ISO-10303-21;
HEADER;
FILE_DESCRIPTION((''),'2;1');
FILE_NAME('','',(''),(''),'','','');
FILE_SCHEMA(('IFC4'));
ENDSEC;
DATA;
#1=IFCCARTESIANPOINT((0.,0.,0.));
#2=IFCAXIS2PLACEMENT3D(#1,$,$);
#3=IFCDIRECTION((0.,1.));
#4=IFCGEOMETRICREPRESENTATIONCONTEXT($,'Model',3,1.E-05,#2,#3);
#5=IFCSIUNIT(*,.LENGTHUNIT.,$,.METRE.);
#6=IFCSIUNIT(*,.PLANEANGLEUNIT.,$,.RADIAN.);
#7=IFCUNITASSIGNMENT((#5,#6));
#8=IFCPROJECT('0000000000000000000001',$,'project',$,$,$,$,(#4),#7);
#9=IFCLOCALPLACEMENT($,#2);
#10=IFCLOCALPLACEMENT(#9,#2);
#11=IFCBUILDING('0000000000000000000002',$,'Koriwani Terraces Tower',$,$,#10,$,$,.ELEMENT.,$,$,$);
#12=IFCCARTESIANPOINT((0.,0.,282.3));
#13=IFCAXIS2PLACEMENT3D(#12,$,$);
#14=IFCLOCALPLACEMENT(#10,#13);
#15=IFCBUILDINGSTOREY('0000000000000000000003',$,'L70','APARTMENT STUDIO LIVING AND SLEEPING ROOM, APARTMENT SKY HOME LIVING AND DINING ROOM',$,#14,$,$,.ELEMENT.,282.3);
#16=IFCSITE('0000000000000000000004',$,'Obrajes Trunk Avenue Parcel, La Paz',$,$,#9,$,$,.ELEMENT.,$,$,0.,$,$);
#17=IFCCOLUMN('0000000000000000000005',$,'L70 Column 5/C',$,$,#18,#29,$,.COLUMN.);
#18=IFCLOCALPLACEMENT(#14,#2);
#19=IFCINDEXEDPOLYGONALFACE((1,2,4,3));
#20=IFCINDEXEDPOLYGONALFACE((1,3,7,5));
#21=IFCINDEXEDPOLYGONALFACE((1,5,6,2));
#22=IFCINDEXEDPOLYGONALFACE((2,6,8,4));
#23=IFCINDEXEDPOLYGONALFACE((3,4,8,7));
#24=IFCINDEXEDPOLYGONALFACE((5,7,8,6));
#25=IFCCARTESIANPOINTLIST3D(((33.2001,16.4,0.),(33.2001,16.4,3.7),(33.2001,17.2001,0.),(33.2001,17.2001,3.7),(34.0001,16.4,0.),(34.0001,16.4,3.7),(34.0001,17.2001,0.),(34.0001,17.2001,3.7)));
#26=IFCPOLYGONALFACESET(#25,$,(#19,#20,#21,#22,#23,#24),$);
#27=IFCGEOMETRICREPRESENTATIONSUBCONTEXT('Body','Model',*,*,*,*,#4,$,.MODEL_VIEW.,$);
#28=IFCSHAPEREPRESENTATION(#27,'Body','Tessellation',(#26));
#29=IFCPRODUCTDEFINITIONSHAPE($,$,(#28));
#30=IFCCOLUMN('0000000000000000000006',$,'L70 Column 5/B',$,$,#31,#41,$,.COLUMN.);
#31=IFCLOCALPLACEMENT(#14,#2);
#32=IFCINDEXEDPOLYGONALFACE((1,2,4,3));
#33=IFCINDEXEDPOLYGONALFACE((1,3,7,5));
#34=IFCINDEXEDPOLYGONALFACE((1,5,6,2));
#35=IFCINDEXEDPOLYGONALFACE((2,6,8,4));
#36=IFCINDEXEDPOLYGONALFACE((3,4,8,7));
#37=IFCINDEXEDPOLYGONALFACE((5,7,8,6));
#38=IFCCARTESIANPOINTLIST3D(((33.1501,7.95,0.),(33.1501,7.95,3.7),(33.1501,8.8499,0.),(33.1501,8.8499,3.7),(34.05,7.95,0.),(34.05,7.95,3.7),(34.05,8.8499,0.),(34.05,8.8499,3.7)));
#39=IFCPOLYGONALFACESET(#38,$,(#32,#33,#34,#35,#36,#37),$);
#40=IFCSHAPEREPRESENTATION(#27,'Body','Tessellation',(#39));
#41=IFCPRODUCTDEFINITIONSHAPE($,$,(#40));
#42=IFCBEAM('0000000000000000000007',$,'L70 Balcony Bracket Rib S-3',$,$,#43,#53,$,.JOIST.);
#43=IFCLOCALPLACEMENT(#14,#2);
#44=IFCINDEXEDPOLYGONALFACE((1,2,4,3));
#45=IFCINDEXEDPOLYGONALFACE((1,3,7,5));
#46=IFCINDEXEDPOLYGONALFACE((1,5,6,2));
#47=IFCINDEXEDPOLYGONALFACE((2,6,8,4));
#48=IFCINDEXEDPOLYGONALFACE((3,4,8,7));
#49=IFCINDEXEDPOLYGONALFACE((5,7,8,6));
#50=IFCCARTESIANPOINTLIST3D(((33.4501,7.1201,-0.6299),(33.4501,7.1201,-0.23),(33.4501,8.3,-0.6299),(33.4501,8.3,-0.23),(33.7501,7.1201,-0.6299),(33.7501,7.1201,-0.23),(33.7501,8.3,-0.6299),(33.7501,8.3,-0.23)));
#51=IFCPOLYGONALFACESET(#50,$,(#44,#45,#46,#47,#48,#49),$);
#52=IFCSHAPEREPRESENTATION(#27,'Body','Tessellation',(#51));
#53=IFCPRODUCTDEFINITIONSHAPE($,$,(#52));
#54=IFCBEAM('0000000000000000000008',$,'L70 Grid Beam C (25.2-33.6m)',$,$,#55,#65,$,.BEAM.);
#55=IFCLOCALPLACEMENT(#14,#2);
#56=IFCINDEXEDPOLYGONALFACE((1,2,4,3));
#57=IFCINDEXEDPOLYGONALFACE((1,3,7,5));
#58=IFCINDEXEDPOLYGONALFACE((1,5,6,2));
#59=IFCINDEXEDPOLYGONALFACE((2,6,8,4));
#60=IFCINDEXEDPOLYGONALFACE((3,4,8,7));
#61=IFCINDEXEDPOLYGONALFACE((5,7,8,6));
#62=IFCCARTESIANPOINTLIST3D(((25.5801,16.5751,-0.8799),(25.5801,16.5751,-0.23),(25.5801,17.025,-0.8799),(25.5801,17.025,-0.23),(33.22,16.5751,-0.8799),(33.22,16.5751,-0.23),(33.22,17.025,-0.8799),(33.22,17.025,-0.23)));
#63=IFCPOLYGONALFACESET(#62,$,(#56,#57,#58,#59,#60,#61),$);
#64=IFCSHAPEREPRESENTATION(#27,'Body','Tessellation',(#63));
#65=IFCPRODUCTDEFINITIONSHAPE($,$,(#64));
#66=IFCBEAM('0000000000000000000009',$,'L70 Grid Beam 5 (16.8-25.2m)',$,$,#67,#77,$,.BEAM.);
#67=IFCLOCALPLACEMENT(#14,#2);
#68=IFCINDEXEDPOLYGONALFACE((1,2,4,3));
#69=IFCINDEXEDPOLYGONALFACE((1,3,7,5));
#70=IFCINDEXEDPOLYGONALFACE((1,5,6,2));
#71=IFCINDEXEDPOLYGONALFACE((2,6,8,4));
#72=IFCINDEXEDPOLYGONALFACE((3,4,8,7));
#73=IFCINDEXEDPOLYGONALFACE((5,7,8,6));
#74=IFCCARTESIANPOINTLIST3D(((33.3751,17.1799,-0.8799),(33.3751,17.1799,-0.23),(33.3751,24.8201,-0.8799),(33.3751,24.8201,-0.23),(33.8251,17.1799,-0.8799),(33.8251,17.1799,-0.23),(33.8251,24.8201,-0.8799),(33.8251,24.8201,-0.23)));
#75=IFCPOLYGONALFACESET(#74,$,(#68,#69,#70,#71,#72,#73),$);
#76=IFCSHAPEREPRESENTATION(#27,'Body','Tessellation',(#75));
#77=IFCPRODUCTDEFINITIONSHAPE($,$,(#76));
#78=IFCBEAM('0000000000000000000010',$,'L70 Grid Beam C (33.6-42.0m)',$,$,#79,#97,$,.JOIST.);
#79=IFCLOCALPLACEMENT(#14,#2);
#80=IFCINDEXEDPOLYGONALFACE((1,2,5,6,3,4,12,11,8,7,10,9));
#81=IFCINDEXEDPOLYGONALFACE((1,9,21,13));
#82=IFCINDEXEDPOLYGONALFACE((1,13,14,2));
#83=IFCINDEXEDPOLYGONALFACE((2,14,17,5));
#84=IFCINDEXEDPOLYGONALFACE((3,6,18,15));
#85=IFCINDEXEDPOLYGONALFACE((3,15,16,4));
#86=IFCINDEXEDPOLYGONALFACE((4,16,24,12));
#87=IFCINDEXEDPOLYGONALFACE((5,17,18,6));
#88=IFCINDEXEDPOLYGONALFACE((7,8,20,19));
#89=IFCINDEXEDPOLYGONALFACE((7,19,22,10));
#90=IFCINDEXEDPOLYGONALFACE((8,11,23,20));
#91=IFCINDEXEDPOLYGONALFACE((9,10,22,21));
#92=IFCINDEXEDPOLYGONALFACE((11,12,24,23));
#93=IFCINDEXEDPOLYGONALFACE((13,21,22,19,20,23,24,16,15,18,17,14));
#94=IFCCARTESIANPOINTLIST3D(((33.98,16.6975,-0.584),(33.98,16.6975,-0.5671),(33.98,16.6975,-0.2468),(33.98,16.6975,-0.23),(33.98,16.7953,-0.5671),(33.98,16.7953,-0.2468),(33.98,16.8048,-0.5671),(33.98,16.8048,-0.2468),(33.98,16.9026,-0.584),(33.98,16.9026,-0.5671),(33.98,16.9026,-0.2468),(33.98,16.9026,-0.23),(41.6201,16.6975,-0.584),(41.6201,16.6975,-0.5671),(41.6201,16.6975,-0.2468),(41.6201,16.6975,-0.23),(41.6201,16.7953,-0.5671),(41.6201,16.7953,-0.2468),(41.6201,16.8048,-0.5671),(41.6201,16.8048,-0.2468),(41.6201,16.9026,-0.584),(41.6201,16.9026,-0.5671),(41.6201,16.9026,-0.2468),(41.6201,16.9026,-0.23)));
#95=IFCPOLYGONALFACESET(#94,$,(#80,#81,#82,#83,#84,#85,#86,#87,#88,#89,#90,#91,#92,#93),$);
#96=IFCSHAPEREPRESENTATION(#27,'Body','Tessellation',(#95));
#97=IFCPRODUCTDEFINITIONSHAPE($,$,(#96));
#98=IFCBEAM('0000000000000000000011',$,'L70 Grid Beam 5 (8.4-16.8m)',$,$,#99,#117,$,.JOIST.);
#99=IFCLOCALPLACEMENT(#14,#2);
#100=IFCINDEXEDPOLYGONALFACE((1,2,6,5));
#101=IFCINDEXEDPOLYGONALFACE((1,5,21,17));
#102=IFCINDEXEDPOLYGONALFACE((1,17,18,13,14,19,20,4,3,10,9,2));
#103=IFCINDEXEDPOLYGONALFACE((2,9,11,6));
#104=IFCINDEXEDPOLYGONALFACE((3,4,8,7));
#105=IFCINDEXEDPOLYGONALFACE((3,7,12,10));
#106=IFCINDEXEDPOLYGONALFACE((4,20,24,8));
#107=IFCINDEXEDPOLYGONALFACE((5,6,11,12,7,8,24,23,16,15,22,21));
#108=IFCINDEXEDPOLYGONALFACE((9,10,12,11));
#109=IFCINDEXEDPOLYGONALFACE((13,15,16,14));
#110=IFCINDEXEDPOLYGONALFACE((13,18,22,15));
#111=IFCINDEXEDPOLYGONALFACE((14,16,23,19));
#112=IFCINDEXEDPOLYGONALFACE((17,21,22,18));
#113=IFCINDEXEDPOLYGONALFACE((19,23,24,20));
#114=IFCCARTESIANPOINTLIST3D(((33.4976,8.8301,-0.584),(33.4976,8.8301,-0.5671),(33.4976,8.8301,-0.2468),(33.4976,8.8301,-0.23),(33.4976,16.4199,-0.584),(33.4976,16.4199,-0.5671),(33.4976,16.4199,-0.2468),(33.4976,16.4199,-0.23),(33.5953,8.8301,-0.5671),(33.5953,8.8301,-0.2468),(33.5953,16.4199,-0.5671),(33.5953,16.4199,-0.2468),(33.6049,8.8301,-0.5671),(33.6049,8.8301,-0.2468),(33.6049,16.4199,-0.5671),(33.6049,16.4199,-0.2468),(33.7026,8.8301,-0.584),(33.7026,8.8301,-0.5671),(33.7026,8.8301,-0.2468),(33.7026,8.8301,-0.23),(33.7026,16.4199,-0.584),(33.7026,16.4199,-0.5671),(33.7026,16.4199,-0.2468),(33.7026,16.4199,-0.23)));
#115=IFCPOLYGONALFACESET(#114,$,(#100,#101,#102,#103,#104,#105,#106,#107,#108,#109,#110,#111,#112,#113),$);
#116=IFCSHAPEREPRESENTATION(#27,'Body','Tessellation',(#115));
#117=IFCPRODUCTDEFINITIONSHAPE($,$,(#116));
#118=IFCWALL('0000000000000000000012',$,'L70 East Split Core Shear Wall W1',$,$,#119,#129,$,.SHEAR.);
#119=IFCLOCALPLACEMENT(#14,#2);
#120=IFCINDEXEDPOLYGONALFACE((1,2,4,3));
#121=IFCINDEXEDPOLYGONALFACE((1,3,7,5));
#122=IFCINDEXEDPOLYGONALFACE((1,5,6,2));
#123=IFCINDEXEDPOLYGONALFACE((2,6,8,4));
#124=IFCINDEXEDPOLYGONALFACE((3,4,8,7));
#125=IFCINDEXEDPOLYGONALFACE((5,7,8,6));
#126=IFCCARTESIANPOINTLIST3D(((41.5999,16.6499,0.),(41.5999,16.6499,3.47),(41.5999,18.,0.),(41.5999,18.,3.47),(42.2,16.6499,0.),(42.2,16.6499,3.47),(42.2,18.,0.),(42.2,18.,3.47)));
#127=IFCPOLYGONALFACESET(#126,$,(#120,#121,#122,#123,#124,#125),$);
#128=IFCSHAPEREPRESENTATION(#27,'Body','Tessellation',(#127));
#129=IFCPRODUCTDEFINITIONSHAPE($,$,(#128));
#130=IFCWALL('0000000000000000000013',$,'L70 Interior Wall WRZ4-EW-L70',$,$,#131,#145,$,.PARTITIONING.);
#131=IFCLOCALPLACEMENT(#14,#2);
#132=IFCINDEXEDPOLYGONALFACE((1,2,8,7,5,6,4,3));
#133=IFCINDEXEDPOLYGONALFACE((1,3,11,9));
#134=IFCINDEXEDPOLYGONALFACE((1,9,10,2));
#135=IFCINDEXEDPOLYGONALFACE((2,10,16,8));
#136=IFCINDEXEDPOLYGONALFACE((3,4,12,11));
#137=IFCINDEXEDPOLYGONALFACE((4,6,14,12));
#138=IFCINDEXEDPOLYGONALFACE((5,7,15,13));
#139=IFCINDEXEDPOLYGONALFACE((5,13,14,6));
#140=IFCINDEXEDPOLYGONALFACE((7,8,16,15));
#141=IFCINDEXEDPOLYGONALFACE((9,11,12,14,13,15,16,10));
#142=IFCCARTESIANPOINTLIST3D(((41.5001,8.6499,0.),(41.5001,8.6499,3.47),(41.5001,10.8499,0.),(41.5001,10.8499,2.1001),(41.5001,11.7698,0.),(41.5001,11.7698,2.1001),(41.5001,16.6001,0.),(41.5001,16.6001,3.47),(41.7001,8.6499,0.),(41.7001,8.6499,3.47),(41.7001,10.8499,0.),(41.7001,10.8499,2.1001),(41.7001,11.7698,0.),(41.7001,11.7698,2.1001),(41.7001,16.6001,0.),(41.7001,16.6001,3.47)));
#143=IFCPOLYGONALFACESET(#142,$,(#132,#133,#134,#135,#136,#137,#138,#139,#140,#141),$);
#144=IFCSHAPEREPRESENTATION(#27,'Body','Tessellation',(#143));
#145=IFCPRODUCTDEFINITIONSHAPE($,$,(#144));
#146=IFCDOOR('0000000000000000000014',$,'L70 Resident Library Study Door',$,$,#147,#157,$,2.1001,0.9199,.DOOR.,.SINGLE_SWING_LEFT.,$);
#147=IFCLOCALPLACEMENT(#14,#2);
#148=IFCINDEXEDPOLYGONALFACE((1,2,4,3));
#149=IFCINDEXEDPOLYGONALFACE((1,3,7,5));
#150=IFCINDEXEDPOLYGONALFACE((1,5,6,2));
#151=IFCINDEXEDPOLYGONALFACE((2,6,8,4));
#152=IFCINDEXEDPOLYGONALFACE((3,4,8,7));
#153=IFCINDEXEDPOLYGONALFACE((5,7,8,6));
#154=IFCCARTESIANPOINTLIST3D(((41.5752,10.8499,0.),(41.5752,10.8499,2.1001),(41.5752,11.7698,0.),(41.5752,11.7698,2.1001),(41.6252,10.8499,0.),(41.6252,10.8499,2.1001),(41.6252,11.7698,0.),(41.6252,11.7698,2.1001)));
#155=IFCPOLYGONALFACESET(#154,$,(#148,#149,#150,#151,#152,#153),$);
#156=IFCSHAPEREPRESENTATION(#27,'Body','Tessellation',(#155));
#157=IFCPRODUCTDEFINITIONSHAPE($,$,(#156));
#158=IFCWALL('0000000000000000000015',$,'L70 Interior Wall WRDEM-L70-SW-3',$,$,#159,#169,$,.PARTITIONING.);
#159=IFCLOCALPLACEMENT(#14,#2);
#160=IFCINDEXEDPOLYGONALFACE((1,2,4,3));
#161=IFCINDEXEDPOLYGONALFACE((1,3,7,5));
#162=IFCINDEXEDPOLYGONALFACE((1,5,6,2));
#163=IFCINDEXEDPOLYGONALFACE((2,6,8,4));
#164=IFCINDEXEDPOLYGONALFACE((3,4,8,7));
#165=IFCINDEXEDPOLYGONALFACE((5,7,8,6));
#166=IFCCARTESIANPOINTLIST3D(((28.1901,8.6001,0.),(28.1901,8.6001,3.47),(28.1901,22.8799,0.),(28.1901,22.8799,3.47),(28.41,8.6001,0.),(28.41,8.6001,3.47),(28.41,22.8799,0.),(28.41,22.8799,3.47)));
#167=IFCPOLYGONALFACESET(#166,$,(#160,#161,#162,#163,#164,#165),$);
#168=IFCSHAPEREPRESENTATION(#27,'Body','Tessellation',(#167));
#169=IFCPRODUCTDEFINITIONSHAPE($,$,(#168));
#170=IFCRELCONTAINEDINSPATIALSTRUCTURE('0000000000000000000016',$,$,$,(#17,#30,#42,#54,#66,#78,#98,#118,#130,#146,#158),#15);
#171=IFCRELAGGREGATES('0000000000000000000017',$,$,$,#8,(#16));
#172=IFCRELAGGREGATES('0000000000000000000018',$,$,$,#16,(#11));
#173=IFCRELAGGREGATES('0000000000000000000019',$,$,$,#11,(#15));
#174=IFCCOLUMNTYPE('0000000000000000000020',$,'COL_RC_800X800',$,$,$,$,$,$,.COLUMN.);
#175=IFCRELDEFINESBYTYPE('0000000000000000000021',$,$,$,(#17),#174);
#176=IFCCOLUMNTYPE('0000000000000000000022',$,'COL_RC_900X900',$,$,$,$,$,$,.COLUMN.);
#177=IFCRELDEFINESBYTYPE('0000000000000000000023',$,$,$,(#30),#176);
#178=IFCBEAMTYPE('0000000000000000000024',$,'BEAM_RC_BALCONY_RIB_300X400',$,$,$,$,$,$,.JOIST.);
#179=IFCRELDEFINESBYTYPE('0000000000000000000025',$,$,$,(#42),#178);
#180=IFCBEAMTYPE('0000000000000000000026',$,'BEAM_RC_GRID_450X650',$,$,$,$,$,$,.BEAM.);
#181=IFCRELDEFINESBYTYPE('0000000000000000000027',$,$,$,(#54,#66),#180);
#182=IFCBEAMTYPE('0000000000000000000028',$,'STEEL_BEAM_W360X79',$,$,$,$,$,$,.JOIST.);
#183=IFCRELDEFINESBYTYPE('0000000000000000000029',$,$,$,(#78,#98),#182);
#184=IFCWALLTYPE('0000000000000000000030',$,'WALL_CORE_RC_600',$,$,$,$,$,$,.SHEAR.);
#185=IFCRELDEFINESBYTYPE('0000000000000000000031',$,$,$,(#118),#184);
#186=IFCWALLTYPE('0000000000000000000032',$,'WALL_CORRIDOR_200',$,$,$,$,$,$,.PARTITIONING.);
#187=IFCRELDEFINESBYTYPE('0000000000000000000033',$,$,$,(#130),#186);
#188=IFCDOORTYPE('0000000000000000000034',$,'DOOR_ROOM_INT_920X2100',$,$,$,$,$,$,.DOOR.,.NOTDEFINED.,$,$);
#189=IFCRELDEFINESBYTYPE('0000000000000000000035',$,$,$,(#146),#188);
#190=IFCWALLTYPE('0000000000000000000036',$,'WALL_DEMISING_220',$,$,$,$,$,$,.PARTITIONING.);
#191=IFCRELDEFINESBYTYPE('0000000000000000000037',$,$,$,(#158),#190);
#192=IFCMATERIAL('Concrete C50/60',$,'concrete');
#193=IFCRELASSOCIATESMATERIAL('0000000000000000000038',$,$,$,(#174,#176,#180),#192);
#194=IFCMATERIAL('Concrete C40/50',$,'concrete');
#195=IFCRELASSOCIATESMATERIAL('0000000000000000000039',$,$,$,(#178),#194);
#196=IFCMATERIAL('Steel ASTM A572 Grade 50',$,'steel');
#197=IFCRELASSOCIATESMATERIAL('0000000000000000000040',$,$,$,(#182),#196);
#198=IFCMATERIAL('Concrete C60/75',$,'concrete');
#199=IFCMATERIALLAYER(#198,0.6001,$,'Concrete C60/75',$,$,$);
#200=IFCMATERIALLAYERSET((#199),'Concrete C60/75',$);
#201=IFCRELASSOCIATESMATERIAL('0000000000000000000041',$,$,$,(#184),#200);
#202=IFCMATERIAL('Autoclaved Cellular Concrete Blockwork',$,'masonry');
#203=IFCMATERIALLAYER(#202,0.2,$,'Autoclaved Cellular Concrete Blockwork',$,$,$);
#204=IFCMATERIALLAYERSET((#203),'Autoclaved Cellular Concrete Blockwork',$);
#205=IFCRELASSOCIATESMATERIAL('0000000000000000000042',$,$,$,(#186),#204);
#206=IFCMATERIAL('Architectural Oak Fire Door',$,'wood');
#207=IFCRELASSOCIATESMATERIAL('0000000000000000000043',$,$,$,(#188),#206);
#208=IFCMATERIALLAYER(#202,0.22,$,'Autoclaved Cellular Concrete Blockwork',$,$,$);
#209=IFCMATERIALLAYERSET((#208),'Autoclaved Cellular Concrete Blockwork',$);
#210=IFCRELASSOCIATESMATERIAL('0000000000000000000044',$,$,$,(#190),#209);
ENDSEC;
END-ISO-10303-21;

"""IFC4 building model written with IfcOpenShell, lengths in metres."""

from ifc_helpers import new_model, si_unit, direction, frame, frame_2d, origin, origin_2d, place, context, subcontext, project, spatial, rectangle, i_section, extrude, material, layer, layer_set, material_profile, profile_set, type_object, element, fill, save


model = new_model("IFC4")

# Units and contexts
model_context = context("Model", 3, precision=1e-05, world=origin(), true_north=direction((0.0, 1.0)))
body_context = subcontext(model_context, "Body", "Model", "MODEL_VIEW")
ifc_project = project(units=[si_unit("LENGTHUNIT", "METRE"), si_unit("PLANEANGLEUNIT", "RADIAN")], contexts=[model_context])

# Site, building, storey
site_placement = place(None, origin())
site = spatial("IfcSite", under=ifc_project, at=site_placement, Name="Obrajes Trunk Avenue Parcel, La Paz", CompositionType="ELEMENT", RefElevation=0.0)
building_placement = place(site_placement, origin())
building = spatial("IfcBuilding", under=site, at=building_placement, Name="Koriwani Terraces Tower", CompositionType="ELEMENT")
storey_placement = place(building_placement, frame((0.0, 0.0, 282.3)))
storey = spatial("IfcBuildingStorey", under=building, at=storey_placement, Name="L70", Description="APARTMENT STUDIO LIVING AND SLEEPING ROOM, APARTMENT SKY HOME LIVING AND DINING ROOM", CompositionType="ELEMENT", Elevation=282.3)

# Columns
ifc_material_1 = material(Name="Concrete C50/60", Category="concrete")
ifc_material_profile_1 = material_profile(ifc_material_1, rectangle(XDim=0.8, YDim=0.8, at=origin_2d()), Name="Concrete C50/60", Category="LoadBearing")
ifc_profile_set_1 = profile_set([ifc_material_profile_1], Name="Concrete C50/60")
column_type_1 = type_object("IfcColumnType", Name="COL_RC_800X800", PredefinedType="COLUMN", material=ifc_profile_set_1)
column_1_placement = place(storey_placement, frame((33.6001, 16.8, 0.0), z_axis=(0.0, 0.0, 1.0), x_axis=(1.0, 0.0, 0.0)))
element("IfcColumn", 1, at=column_1_placement, inside=storey, type_object=column_type_1, Name="L70 Column 5/C", PredefinedType="COLUMN", context=body_context, shape_type="SweptSolid", body=[
    extrude(rectangle(XDim=0.8, YDim=0.8, at=origin_2d()), origin(), (0.0, 0.0, 1.0), 3.7),
])
ifc_material_profile_2 = material_profile(ifc_material_1, rectangle(XDim=0.8999, YDim=0.8999, at=origin_2d()), Name="Concrete C50/60", Category="LoadBearing")
ifc_profile_set_2 = profile_set([ifc_material_profile_2], Name="Concrete C50/60")
column_type_2 = type_object("IfcColumnType", Name="COL_RC_900X900", PredefinedType="COLUMN", material=ifc_profile_set_2)
column_2_placement = place(storey_placement, frame((33.6001, 8.3999, 0.0), z_axis=(0.0, 0.0, 1.0), x_axis=(1.0, 0.0, 0.0)))
element("IfcColumn", 2, at=column_2_placement, inside=storey, type_object=column_type_2, Name="L70 Column 5/B", PredefinedType="COLUMN", context=body_context, shape_type="SweptSolid", body=[
    extrude(rectangle(XDim=0.8999, YDim=0.8999, at=origin_2d()), origin(), (0.0, 0.0, 1.0), 3.7),
])

# Beams
ifc_material_2 = material(Name="Concrete C40/50", Category="concrete")
ifc_material_profile_3 = material_profile(ifc_material_2, rectangle(XDim=0.3, YDim=0.3999, at=origin_2d()), Name="Concrete C40/50", Category="LoadBearing")
ifc_profile_set_3 = profile_set([ifc_material_profile_3], Name="Concrete C40/50")
beam_type_1 = type_object("IfcBeamType", Name="BEAM_RC_BALCONY_RIB_300X400", PredefinedType="JOIST", material=ifc_profile_set_3)
beam_1_placement = place(storey_placement, frame((33.6001, 7.1201, -0.4299), z_axis=(0.0, 1.0, 0.0), x_axis=(-1.0, 0.0, 0.0)))
element("IfcBeam", 3, at=beam_1_placement, inside=storey, type_object=beam_type_1, Name="L70 Balcony Bracket Rib S-3", PredefinedType="JOIST", context=body_context, shape_type="SweptSolid", body=[
    extrude(rectangle(XDim=0.3, YDim=0.3999, at=origin_2d()), origin(), (0.0, 0.0, 1.0), 1.1799),
])
ifc_material_profile_4 = material_profile(ifc_material_1, rectangle(XDim=0.45, YDim=0.6499, at=origin_2d()), Name="Concrete C50/60", Category="LoadBearing")
ifc_profile_set_4 = profile_set([ifc_material_profile_4], Name="Concrete C50/60")
beam_type_2 = type_object("IfcBeamType", Name="BEAM_RC_GRID_450X650", PredefinedType="BEAM", material=ifc_profile_set_4)
beam_2_placement = place(storey_placement, frame((25.5801, 16.8, -0.5549), z_axis=(1.0, 0.0, 0.0), x_axis=(0.0, 1.0, 0.0)))
element("IfcBeam", 4, at=beam_2_placement, inside=storey, type_object=beam_type_2, Name="L70 Grid Beam C (25.2-33.6m)", PredefinedType="BEAM", context=body_context, shape_type="SweptSolid", body=[
    extrude(rectangle(XDim=0.45, YDim=0.6499, at=origin_2d()), origin(), (0.0, 0.0, 1.0), 7.6399),
])
beam_3_placement = place(storey_placement, frame((33.6001, 17.1799, -0.5549), z_axis=(0.0, 1.0, 0.0), x_axis=(-1.0, 0.0, 0.0)))
element("IfcBeam", 5, at=beam_3_placement, inside=storey, type_object=beam_type_2, Name="L70 Grid Beam 5 (16.8-25.2m)", PredefinedType="BEAM", context=body_context, shape_type="SweptSolid", body=[
    extrude(rectangle(XDim=0.45, YDim=0.6499, at=origin_2d()), origin(), (0.0, 0.0, 1.0), 7.6401),
])
ifc_material_3 = material(Name="Steel ASTM A572 Grade 50", Category="steel")
ifc_material_profile_5 = material_profile(ifc_material_3, i_section(OverallWidth=0.2051, OverallDepth=0.354, WebThickness=0.0095, FlangeThickness=0.0168, at=origin_2d()), Name="Steel ASTM A572 Grade 50", Category="LoadBearing")
ifc_profile_set_5 = profile_set([ifc_material_profile_5], Name="Steel ASTM A572 Grade 50")
beam_type_3 = type_object("IfcBeamType", Name="STEEL_BEAM_W360X79", PredefinedType="JOIST", material=ifc_profile_set_5)
beam_4_placement = place(storey_placement, frame((33.98, 16.8, -0.407), z_axis=(1.0, 0.0, 0.0), x_axis=(0.0, 1.0, 0.0)))
element("IfcBeam", 6, at=beam_4_placement, inside=storey, type_object=beam_type_3, Name="L70 Grid Beam C (33.6-42.0m)", PredefinedType="JOIST", context=body_context, shape_type="SweptSolid", body=[
    extrude(i_section(OverallWidth=0.2051, OverallDepth=0.354, WebThickness=0.0095, FlangeThickness=0.0168, at=origin_2d()), origin(), (0.0, 0.0, 1.0), 7.6401),
])
beam_5_placement = place(storey_placement, frame((33.6001, 8.8301, -0.407), z_axis=(0.0, 1.0, 0.0), x_axis=(-1.0, 0.0, 0.0)))
element("IfcBeam", 7, at=beam_5_placement, inside=storey, type_object=beam_type_3, Name="L70 Grid Beam 5 (8.4-16.8m)", PredefinedType="JOIST", context=body_context, shape_type="SweptSolid", body=[
    extrude(i_section(OverallWidth=0.2051, OverallDepth=0.354, WebThickness=0.0095, FlangeThickness=0.0168, at=origin_2d()), origin(), (0.0, 0.0, 1.0), 7.5898),
])

# Wall
ifc_material_4 = material(Name="Concrete C60/75", Category="concrete")
ifc_layer_1 = layer(ifc_material_4, 0.6001, Name="Concrete C60/75")
ifc_layer_set_1 = layer_set([ifc_layer_1], Name="Concrete C60/75")
wall_type_1 = type_object("IfcWallType", Name="WALL_CORE_RC_600", PredefinedType="SHEAR", material=ifc_layer_set_1)
wall_1_placement = place(storey_placement, frame((41.8999, 16.6499, 0.0), z_axis=(0.0, 0.0, 1.0), x_axis=(0.0, 1.0, 0.0)))
element("IfcWall", 8, at=wall_1_placement, inside=storey, type_object=wall_type_1, Name="L70 East Split Core Shear Wall W1", PredefinedType="SHEAR", context=body_context, shape_type="SweptSolid", body=[
    extrude(rectangle(XDim=1.3501, YDim=0.6001, at=frame_2d((0.675, 0.0))), origin(), (0.0, 0.0, 1.0), 3.47),
])

# Wall, opening, door
ifc_material_5 = material(Name="Autoclaved Cellular Concrete Blockwork", Category="masonry")
ifc_layer_2 = layer(ifc_material_5, 0.2, Name="Autoclaved Cellular Concrete Blockwork")
ifc_layer_set_2 = layer_set([ifc_layer_2], Name="Autoclaved Cellular Concrete Blockwork")
wall_type_2 = type_object("IfcWallType", Name="WALL_CORRIDOR_200", PredefinedType="PARTITIONING", material=ifc_layer_set_2)
wall_2_placement = place(storey_placement, frame((41.6001, 8.6499, 0.0), z_axis=(0.0, 0.0, 1.0), x_axis=(0.0, 1.0, 0.0)))
wall_2 = element("IfcWall", 9, at=wall_2_placement, inside=storey, type_object=wall_type_2, Name="L70 Interior Wall WRZ4-EW-L70", PredefinedType="PARTITIONING", context=body_context, shape_type="SweptSolid", body=[
    extrude(rectangle(XDim=7.9502, YDim=0.2, at=frame_2d((3.9751, 0.0))), origin(), (0.0, 0.0, 1.0), 3.47),
])
opening_1_placement = place(wall_2_placement, frame((2.2, 0.0, 0.0)))
opening_1 = element("IfcOpeningElement", 10, at=opening_1_placement, cuts=wall_2, PredefinedType="OPENING", context=body_context, shape_type="SweptSolid", body=[
    extrude(rectangle(XDim=0.9199, YDim=2.1001, at=frame_2d((0.46, 1.05))), frame((0.0, 0.1099, 0.0), z_axis=(0.0, -1.0, 0.0), x_axis=(1.0, 0.0, 0.0)), (0.0, 0.0, 1.0), 0.22),
])
ifc_material_6 = material(Name="Architectural Oak Fire Door", Category="wood")
door_type_1 = type_object("IfcDoorType", Name="DOOR_ROOM_INT_920X2100", OperationType="NOTDEFINED", PredefinedType="DOOR", material=ifc_material_6)
door_1_placement = place(opening_1_placement, origin())
door_1 = element("IfcDoor", 11, at=door_1_placement, inside=storey, type_object=door_type_1, Name="L70 Resident Library Study Door", OperationType="SINGLE_SWING_LEFT", OverallHeight=2.1001, OverallWidth=0.9199, PredefinedType="DOOR", context=body_context, shape_type="SweptSolid", body=[
    extrude(rectangle(XDim=0.9199, YDim=2.1001, at=frame_2d((0.46, 1.05))), frame((0.0, 0.0249, 0.0), z_axis=(0.0, -1.0, 0.0), x_axis=(1.0, 0.0, 0.0)), (0.0, 0.0, 1.0), 0.05),
])
fill(opening_1, door_1)

# Wall
ifc_layer_3 = layer(ifc_material_5, 0.22, Name="Autoclaved Cellular Concrete Blockwork")
ifc_layer_set_3 = layer_set([ifc_layer_3], Name="Autoclaved Cellular Concrete Blockwork")
wall_type_3 = type_object("IfcWallType", Name="WALL_DEMISING_220", PredefinedType="PARTITIONING", material=ifc_layer_set_3)
wall_3_placement = place(storey_placement, frame((28.3, 8.6001, 0.0), z_axis=(0.0, 0.0, 1.0), x_axis=(0.0, 1.0, 0.0)))
element("IfcWall", 12, at=wall_3_placement, inside=storey, type_object=wall_type_3, Name="L70 Interior Wall WRDEM-L70-SW-3", PredefinedType="PARTITIONING", context=body_context, shape_type="SweptSolid", body=[
    extrude(rectangle(XDim=14.2798, YDim=0.22, at=frame_2d((7.1399, 0.0))), origin(), (0.0, 0.0, 1.0), 3.47),
])

save(model, "model.ifc")
